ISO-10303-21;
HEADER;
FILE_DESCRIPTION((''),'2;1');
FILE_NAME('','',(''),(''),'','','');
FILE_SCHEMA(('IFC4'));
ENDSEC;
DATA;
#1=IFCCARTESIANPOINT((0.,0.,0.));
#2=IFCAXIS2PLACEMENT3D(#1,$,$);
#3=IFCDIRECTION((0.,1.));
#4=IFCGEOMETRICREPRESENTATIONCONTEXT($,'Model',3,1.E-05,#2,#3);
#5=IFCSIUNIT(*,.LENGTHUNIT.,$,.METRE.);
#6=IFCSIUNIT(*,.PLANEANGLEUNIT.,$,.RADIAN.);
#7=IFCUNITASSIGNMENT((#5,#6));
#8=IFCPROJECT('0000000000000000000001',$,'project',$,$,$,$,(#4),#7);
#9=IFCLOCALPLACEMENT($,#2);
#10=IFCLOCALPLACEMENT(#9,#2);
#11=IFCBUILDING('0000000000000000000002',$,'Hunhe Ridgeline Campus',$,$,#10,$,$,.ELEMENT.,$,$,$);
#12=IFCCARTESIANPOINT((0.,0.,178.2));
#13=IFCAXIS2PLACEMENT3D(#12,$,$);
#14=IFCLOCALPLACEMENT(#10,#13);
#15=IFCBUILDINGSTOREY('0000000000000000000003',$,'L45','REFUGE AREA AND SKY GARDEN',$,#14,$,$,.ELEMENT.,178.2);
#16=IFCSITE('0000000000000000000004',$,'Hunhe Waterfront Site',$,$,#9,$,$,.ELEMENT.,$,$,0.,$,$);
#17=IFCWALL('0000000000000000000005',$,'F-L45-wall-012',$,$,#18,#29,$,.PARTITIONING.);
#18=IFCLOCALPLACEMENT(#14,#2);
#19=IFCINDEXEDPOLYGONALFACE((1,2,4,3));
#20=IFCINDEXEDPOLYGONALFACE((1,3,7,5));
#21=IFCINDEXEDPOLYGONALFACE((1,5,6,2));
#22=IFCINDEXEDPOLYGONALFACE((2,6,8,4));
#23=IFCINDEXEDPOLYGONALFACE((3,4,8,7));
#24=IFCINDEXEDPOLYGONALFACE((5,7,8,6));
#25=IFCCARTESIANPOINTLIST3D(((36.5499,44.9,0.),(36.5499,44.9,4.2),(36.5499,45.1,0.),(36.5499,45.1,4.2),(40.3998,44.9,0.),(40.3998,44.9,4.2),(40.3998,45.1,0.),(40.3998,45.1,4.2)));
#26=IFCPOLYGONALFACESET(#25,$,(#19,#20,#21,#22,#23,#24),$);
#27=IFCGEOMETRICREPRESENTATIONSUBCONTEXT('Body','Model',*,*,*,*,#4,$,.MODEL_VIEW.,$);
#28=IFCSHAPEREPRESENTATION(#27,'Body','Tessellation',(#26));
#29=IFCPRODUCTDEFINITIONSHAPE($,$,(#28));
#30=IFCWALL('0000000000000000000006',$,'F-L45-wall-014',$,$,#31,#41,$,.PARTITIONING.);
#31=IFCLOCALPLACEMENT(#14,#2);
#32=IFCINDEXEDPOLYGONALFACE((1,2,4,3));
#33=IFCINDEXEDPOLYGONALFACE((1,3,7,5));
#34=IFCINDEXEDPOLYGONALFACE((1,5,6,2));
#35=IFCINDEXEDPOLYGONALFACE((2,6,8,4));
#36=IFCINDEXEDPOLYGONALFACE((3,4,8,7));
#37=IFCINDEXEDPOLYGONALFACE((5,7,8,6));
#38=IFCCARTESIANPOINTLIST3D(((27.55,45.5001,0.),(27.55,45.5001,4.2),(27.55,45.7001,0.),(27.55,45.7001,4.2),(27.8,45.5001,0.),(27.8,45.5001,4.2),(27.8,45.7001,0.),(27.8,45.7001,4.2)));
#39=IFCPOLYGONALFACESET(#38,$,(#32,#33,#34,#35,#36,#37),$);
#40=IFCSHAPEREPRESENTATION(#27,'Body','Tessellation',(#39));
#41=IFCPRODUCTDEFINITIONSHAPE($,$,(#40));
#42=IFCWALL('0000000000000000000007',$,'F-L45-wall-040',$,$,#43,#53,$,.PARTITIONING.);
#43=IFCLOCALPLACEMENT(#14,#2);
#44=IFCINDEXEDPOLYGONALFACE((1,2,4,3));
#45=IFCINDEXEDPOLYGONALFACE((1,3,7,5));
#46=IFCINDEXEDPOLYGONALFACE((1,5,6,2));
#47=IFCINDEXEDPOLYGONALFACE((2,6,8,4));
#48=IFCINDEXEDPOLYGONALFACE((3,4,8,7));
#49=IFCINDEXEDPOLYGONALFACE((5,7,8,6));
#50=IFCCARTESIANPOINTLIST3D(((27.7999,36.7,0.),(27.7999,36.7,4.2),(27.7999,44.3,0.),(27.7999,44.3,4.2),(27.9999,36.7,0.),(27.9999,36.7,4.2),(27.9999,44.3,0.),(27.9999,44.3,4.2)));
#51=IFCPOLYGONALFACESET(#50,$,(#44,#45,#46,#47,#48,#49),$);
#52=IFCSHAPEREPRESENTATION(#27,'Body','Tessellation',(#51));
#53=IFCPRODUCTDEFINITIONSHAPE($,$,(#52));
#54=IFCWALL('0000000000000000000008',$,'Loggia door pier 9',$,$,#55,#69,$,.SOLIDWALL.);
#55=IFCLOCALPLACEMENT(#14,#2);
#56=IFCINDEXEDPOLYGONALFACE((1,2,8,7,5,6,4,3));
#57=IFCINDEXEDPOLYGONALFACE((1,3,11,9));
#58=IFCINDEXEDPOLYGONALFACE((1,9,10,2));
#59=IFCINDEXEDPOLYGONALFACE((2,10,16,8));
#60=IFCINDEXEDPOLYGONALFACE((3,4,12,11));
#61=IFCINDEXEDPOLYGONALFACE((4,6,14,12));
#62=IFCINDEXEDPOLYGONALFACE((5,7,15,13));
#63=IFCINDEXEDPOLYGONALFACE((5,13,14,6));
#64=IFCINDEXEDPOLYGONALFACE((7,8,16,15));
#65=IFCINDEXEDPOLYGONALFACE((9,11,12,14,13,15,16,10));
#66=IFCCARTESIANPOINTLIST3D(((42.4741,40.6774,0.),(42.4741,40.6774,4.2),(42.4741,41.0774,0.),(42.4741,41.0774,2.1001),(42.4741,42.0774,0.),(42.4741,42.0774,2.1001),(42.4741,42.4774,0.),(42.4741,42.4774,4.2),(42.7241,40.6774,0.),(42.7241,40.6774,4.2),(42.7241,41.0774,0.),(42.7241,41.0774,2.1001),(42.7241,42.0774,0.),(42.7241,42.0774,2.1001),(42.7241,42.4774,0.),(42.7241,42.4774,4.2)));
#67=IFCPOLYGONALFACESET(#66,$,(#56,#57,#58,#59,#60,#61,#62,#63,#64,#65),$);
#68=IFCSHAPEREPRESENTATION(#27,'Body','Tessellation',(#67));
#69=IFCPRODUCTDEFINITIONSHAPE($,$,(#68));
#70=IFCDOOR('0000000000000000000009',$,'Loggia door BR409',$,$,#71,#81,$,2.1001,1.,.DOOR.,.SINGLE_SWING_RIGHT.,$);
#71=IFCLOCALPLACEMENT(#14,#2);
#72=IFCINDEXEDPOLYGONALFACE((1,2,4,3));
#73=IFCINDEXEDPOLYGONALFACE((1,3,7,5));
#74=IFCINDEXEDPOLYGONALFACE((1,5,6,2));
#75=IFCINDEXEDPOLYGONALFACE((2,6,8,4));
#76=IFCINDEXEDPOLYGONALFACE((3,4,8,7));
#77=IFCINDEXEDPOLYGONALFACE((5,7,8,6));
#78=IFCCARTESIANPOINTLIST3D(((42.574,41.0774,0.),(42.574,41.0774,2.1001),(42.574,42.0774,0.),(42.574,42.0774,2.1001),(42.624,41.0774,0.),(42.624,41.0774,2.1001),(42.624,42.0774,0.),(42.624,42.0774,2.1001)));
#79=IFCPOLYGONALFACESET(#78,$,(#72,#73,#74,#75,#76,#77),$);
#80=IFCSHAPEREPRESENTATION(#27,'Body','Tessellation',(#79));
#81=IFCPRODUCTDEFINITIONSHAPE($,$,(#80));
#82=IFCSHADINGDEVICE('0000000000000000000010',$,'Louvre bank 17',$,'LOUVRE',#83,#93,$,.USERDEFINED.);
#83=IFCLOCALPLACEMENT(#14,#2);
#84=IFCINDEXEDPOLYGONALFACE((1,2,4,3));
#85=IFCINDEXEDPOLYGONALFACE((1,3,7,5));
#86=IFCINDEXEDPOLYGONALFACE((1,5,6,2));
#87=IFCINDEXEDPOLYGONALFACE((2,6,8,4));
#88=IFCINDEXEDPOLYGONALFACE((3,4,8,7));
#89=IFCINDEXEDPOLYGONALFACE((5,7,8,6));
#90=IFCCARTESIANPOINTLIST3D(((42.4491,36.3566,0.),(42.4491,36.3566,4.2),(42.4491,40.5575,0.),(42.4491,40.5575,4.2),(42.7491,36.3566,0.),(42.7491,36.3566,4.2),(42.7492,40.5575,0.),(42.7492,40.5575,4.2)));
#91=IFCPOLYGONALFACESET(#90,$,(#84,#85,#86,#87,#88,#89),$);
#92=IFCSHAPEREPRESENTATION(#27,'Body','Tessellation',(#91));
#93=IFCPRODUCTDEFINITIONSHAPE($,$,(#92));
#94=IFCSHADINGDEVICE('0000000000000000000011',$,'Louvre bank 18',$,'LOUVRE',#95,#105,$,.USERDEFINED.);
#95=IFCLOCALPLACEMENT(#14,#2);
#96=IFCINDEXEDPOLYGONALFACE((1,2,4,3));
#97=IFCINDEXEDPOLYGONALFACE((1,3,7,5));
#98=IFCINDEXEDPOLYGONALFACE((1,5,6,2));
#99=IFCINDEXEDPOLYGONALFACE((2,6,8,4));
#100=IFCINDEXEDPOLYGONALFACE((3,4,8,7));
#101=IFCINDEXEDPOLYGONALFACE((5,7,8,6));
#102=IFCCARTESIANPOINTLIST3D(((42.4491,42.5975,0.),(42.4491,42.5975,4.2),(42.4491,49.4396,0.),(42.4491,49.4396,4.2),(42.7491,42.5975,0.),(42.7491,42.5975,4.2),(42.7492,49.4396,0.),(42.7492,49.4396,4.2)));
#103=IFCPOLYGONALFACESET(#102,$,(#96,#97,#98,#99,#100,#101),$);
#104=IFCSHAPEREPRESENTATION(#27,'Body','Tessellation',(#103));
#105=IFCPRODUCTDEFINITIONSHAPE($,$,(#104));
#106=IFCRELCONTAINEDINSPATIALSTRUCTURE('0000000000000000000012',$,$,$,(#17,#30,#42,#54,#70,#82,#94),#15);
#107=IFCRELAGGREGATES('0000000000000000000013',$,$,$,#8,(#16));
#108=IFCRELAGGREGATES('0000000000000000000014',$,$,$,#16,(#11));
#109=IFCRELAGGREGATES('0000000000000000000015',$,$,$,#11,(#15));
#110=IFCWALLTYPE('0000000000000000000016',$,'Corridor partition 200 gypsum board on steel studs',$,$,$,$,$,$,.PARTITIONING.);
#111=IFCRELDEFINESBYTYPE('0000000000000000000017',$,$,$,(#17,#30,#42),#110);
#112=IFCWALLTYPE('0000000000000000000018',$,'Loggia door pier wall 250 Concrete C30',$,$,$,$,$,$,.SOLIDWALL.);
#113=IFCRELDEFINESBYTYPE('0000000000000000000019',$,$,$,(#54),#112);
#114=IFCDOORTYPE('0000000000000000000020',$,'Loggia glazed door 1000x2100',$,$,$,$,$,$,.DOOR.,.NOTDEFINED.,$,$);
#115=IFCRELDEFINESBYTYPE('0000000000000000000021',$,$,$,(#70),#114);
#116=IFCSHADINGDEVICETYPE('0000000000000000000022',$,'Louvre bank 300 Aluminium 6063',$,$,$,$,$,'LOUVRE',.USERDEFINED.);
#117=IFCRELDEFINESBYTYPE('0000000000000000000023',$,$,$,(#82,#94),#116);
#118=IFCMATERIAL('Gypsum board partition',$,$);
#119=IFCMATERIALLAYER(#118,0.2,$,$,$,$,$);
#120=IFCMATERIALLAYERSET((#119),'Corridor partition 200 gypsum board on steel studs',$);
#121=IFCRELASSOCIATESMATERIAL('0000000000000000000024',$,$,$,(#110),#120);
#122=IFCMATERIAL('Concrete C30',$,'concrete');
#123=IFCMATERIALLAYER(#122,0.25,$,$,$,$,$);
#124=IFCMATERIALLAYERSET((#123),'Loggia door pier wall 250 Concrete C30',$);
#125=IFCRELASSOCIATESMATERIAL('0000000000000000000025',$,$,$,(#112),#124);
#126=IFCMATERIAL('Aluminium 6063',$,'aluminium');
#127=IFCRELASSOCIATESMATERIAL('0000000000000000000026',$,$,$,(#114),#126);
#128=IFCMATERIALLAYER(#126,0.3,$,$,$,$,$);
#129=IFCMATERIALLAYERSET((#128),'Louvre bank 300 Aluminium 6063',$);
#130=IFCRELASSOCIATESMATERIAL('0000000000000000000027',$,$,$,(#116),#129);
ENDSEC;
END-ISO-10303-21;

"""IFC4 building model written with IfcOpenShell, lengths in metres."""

from ifc_helpers import new_model, si_unit, direction, frame, frame_2d, origin, origin_2d, place, context, subcontext, project, spatial, rectangle, extrude, material, layer, layer_set, type_object, element, fill, save


model = new_model("IFC4")

# Units and contexts
model_context = context("Model", 3, precision=1e-05, world=origin(), true_north=direction((0.0, 1.0)))
body_context = subcontext(model_context, "Body", "Model", "MODEL_VIEW")
ifc_project = project(units=[si_unit("LENGTHUNIT", "METRE"), si_unit("PLANEANGLEUNIT", "RADIAN")], contexts=[model_context])

# Site, building, storey
site_placement = place(None, origin())
site = spatial("IfcSite", under=ifc_project, at=site_placement, Name="Hunhe Waterfront Site", CompositionType="ELEMENT", RefElevation=0.0)
building_placement = place(site_placement, origin())
building = spatial("IfcBuilding", under=site, at=building_placement, Name="Hunhe Ridgeline Campus", CompositionType="ELEMENT")
storey_placement = place(building_placement, frame((0.0, 0.0, 178.2)))
storey = spatial("IfcBuildingStorey", under=building, at=storey_placement, Name="L45", Description="REFUGE AREA AND SKY GARDEN", CompositionType="ELEMENT", Elevation=178.2)

# Shared definitions
ifc_material_1 = material(Name="Aluminium 6063", Category="aluminium")

# Walls
ifc_material_2 = material(Name="Gypsum board partition")
ifc_layer_1 = layer(ifc_material_2, 0.2)
ifc_layer_set_1 = layer_set([ifc_layer_1], Name="Corridor partition 200 gypsum board on steel studs")
wall_type_1 = type_object("IfcWallType", Name="Corridor partition 200 gypsum board on steel studs", PredefinedType="PARTITIONING", material=ifc_layer_set_1)
wall_1_placement = place(storey_placement, frame((36.55, 45.0, 0.0), z_axis=(0.0, 0.0, 1.0), x_axis=(1.0, 0.0, 0.0)))
element("IfcWall", 1, at=wall_1_placement, inside=storey, type_object=wall_type_1, Name="F-L45-wall-012", PredefinedType="PARTITIONING", context=body_context, shape_type="SweptSolid", body=[
    extrude(rectangle(XDim=3.8499, YDim=0.2, at=frame_2d((1.9248, 0.0))), origin(), (0.0, 0.0, 1.0), 4.2),
])
wall_2_placement = place(storey_placement, frame((27.55, 45.6001, 0.0), z_axis=(0.0, 0.0, 1.0), x_axis=(1.0, 0.0, 0.0)))
element("IfcWall", 2, at=wall_2_placement, inside=storey, type_object=wall_type_1, Name="F-L45-wall-014", PredefinedType="PARTITIONING", context=body_context, shape_type="SweptSolid", body=[
    extrude(rectangle(XDim=0.25, YDim=0.2, at=frame_2d((0.125, 0.0))), origin(), (0.0, 0.0, 1.0), 4.2),
])
wall_3_placement = place(storey_placement, frame((27.8999, 44.3, 0.0), z_axis=(0.0, 0.0, 1.0), x_axis=(0.0, -1.0, 0.0)))
element("IfcWall", 3, at=wall_3_placement, inside=storey, type_object=wall_type_1, Name="F-L45-wall-040", PredefinedType="PARTITIONING", context=body_context, shape_type="SweptSolid", body=[
    extrude(rectangle(XDim=7.6001, YDim=0.2, at=frame_2d((3.8, 0.0))), origin(), (0.0, 0.0, 1.0), 4.2),
])

# Wall, opening, door
ifc_material_3 = material(Name="Concrete C30", Category="concrete")
ifc_layer_2 = layer(ifc_material_3, 0.25)
ifc_layer_set_2 = layer_set([ifc_layer_2], Name="Loggia door pier wall 250 Concrete C30")
wall_type_2 = type_object("IfcWallType", Name="Loggia door pier wall 250 Concrete C30", PredefinedType="SOLIDWALL", material=ifc_layer_set_2)
wall_4_placement = place(storey_placement, frame((42.5991, 40.6775, 0.0), z_axis=(0.0, 0.0, 1.0), x_axis=(0.0, 1.0, 0.0)))
wall_4 = element("IfcWall", 4, at=wall_4_placement, inside=storey, type_object=wall_type_2, Name="Loggia door pier 9", PredefinedType="SOLIDWALL", context=body_context, shape_type="SweptSolid", body=[
    extrude(rectangle(XDim=1.8, YDim=0.25, at=frame_2d((0.8999, 0.0))), origin(), (0.0, 0.0, 1.0), 4.2),
])
opening_placement = place(wall_4_placement, frame((0.3999, 0.0, 0.0)))
opening = element("IfcOpeningElement", 5, at=opening_placement, cuts=wall_4, PredefinedType="OPENING", context=body_context, shape_type="SweptSolid", body=[
    extrude(rectangle(XDim=1.0, YDim=2.1001, at=frame_2d((0.5, 1.05))), frame((0.0, 0.125, 0.0), z_axis=(0.0, -1.0, 0.0), x_axis=(1.0, 0.0, 0.0)), (0.0, 0.0, 1.0), 0.25),
])
door_type = type_object("IfcDoorType", Name="Loggia glazed door 1000x2100", OperationType="NOTDEFINED", PredefinedType="DOOR", material=ifc_material_1)
door_placement = place(opening_placement, frame((1.0, 0.0, 0.0), z_axis=(0.0, 0.0, 1.0), x_axis=(-1.0, 0.0, 0.0)))
door = element("IfcDoor", 6, at=door_placement, inside=storey, type_object=door_type, Name="Loggia door BR409", OperationType="SINGLE_SWING_RIGHT", OverallHeight=2.1001, OverallWidth=1.0, PredefinedType="DOOR", context=body_context, shape_type="SweptSolid", body=[
    extrude(rectangle(XDim=1.0, YDim=2.1001, at=frame_2d((0.5, 1.05))), frame((0.0, 0.0249, 0.0), z_axis=(0.0, -1.0, 0.0), x_axis=(1.0, 0.0, 0.0)), (0.0, 0.0, 1.0), 0.05),
])
fill(opening, door)

# Shading devices
ifc_layer_3 = layer(ifc_material_1, 0.3)
ifc_layer_set_3 = layer_set([ifc_layer_3], Name="Louvre bank 300 Aluminium 6063")
shading_device_type = type_object("IfcShadingDeviceType", Name="Louvre bank 300 Aluminium 6063", ElementType="LOUVRE", PredefinedType="USERDEFINED", material=ifc_layer_set_3)
shading_device_1_placement = place(storey_placement, frame((42.5991, 38.457, 0.0), z_axis=(0.0, 0.0, 1.0), x_axis=(0.000007, 1.0, 0.0)))
element("IfcShadingDevice", 7, at=shading_device_1_placement, inside=storey, type_object=shading_device_type, Name="Louvre bank 17", ObjectType="LOUVRE", PredefinedType="USERDEFINED", context=body_context, shape_type="SweptSolid", body=[
    extrude(rectangle(XDim=4.2009, YDim=0.3, at=origin_2d()), origin(), (0.0, 0.0, 1.0), 4.2),
])
shading_device_2_placement = place(storey_placement, frame((42.5991, 46.0186, 0.0), z_axis=(0.0, 0.0, 1.0), x_axis=(0.000007, 1.0, 0.0)))
element("IfcShadingDevice", 8, at=shading_device_2_placement, inside=storey, type_object=shading_device_type, Name="Louvre bank 18", ObjectType="LOUVRE", PredefinedType="USERDEFINED", context=body_context, shape_type="SweptSolid", body=[
    extrude(rectangle(XDim=6.842, YDim=0.3, at=origin_2d()), origin(), (0.0, 0.0, 1.0), 4.2),
])

save(model, "model.ifc")
